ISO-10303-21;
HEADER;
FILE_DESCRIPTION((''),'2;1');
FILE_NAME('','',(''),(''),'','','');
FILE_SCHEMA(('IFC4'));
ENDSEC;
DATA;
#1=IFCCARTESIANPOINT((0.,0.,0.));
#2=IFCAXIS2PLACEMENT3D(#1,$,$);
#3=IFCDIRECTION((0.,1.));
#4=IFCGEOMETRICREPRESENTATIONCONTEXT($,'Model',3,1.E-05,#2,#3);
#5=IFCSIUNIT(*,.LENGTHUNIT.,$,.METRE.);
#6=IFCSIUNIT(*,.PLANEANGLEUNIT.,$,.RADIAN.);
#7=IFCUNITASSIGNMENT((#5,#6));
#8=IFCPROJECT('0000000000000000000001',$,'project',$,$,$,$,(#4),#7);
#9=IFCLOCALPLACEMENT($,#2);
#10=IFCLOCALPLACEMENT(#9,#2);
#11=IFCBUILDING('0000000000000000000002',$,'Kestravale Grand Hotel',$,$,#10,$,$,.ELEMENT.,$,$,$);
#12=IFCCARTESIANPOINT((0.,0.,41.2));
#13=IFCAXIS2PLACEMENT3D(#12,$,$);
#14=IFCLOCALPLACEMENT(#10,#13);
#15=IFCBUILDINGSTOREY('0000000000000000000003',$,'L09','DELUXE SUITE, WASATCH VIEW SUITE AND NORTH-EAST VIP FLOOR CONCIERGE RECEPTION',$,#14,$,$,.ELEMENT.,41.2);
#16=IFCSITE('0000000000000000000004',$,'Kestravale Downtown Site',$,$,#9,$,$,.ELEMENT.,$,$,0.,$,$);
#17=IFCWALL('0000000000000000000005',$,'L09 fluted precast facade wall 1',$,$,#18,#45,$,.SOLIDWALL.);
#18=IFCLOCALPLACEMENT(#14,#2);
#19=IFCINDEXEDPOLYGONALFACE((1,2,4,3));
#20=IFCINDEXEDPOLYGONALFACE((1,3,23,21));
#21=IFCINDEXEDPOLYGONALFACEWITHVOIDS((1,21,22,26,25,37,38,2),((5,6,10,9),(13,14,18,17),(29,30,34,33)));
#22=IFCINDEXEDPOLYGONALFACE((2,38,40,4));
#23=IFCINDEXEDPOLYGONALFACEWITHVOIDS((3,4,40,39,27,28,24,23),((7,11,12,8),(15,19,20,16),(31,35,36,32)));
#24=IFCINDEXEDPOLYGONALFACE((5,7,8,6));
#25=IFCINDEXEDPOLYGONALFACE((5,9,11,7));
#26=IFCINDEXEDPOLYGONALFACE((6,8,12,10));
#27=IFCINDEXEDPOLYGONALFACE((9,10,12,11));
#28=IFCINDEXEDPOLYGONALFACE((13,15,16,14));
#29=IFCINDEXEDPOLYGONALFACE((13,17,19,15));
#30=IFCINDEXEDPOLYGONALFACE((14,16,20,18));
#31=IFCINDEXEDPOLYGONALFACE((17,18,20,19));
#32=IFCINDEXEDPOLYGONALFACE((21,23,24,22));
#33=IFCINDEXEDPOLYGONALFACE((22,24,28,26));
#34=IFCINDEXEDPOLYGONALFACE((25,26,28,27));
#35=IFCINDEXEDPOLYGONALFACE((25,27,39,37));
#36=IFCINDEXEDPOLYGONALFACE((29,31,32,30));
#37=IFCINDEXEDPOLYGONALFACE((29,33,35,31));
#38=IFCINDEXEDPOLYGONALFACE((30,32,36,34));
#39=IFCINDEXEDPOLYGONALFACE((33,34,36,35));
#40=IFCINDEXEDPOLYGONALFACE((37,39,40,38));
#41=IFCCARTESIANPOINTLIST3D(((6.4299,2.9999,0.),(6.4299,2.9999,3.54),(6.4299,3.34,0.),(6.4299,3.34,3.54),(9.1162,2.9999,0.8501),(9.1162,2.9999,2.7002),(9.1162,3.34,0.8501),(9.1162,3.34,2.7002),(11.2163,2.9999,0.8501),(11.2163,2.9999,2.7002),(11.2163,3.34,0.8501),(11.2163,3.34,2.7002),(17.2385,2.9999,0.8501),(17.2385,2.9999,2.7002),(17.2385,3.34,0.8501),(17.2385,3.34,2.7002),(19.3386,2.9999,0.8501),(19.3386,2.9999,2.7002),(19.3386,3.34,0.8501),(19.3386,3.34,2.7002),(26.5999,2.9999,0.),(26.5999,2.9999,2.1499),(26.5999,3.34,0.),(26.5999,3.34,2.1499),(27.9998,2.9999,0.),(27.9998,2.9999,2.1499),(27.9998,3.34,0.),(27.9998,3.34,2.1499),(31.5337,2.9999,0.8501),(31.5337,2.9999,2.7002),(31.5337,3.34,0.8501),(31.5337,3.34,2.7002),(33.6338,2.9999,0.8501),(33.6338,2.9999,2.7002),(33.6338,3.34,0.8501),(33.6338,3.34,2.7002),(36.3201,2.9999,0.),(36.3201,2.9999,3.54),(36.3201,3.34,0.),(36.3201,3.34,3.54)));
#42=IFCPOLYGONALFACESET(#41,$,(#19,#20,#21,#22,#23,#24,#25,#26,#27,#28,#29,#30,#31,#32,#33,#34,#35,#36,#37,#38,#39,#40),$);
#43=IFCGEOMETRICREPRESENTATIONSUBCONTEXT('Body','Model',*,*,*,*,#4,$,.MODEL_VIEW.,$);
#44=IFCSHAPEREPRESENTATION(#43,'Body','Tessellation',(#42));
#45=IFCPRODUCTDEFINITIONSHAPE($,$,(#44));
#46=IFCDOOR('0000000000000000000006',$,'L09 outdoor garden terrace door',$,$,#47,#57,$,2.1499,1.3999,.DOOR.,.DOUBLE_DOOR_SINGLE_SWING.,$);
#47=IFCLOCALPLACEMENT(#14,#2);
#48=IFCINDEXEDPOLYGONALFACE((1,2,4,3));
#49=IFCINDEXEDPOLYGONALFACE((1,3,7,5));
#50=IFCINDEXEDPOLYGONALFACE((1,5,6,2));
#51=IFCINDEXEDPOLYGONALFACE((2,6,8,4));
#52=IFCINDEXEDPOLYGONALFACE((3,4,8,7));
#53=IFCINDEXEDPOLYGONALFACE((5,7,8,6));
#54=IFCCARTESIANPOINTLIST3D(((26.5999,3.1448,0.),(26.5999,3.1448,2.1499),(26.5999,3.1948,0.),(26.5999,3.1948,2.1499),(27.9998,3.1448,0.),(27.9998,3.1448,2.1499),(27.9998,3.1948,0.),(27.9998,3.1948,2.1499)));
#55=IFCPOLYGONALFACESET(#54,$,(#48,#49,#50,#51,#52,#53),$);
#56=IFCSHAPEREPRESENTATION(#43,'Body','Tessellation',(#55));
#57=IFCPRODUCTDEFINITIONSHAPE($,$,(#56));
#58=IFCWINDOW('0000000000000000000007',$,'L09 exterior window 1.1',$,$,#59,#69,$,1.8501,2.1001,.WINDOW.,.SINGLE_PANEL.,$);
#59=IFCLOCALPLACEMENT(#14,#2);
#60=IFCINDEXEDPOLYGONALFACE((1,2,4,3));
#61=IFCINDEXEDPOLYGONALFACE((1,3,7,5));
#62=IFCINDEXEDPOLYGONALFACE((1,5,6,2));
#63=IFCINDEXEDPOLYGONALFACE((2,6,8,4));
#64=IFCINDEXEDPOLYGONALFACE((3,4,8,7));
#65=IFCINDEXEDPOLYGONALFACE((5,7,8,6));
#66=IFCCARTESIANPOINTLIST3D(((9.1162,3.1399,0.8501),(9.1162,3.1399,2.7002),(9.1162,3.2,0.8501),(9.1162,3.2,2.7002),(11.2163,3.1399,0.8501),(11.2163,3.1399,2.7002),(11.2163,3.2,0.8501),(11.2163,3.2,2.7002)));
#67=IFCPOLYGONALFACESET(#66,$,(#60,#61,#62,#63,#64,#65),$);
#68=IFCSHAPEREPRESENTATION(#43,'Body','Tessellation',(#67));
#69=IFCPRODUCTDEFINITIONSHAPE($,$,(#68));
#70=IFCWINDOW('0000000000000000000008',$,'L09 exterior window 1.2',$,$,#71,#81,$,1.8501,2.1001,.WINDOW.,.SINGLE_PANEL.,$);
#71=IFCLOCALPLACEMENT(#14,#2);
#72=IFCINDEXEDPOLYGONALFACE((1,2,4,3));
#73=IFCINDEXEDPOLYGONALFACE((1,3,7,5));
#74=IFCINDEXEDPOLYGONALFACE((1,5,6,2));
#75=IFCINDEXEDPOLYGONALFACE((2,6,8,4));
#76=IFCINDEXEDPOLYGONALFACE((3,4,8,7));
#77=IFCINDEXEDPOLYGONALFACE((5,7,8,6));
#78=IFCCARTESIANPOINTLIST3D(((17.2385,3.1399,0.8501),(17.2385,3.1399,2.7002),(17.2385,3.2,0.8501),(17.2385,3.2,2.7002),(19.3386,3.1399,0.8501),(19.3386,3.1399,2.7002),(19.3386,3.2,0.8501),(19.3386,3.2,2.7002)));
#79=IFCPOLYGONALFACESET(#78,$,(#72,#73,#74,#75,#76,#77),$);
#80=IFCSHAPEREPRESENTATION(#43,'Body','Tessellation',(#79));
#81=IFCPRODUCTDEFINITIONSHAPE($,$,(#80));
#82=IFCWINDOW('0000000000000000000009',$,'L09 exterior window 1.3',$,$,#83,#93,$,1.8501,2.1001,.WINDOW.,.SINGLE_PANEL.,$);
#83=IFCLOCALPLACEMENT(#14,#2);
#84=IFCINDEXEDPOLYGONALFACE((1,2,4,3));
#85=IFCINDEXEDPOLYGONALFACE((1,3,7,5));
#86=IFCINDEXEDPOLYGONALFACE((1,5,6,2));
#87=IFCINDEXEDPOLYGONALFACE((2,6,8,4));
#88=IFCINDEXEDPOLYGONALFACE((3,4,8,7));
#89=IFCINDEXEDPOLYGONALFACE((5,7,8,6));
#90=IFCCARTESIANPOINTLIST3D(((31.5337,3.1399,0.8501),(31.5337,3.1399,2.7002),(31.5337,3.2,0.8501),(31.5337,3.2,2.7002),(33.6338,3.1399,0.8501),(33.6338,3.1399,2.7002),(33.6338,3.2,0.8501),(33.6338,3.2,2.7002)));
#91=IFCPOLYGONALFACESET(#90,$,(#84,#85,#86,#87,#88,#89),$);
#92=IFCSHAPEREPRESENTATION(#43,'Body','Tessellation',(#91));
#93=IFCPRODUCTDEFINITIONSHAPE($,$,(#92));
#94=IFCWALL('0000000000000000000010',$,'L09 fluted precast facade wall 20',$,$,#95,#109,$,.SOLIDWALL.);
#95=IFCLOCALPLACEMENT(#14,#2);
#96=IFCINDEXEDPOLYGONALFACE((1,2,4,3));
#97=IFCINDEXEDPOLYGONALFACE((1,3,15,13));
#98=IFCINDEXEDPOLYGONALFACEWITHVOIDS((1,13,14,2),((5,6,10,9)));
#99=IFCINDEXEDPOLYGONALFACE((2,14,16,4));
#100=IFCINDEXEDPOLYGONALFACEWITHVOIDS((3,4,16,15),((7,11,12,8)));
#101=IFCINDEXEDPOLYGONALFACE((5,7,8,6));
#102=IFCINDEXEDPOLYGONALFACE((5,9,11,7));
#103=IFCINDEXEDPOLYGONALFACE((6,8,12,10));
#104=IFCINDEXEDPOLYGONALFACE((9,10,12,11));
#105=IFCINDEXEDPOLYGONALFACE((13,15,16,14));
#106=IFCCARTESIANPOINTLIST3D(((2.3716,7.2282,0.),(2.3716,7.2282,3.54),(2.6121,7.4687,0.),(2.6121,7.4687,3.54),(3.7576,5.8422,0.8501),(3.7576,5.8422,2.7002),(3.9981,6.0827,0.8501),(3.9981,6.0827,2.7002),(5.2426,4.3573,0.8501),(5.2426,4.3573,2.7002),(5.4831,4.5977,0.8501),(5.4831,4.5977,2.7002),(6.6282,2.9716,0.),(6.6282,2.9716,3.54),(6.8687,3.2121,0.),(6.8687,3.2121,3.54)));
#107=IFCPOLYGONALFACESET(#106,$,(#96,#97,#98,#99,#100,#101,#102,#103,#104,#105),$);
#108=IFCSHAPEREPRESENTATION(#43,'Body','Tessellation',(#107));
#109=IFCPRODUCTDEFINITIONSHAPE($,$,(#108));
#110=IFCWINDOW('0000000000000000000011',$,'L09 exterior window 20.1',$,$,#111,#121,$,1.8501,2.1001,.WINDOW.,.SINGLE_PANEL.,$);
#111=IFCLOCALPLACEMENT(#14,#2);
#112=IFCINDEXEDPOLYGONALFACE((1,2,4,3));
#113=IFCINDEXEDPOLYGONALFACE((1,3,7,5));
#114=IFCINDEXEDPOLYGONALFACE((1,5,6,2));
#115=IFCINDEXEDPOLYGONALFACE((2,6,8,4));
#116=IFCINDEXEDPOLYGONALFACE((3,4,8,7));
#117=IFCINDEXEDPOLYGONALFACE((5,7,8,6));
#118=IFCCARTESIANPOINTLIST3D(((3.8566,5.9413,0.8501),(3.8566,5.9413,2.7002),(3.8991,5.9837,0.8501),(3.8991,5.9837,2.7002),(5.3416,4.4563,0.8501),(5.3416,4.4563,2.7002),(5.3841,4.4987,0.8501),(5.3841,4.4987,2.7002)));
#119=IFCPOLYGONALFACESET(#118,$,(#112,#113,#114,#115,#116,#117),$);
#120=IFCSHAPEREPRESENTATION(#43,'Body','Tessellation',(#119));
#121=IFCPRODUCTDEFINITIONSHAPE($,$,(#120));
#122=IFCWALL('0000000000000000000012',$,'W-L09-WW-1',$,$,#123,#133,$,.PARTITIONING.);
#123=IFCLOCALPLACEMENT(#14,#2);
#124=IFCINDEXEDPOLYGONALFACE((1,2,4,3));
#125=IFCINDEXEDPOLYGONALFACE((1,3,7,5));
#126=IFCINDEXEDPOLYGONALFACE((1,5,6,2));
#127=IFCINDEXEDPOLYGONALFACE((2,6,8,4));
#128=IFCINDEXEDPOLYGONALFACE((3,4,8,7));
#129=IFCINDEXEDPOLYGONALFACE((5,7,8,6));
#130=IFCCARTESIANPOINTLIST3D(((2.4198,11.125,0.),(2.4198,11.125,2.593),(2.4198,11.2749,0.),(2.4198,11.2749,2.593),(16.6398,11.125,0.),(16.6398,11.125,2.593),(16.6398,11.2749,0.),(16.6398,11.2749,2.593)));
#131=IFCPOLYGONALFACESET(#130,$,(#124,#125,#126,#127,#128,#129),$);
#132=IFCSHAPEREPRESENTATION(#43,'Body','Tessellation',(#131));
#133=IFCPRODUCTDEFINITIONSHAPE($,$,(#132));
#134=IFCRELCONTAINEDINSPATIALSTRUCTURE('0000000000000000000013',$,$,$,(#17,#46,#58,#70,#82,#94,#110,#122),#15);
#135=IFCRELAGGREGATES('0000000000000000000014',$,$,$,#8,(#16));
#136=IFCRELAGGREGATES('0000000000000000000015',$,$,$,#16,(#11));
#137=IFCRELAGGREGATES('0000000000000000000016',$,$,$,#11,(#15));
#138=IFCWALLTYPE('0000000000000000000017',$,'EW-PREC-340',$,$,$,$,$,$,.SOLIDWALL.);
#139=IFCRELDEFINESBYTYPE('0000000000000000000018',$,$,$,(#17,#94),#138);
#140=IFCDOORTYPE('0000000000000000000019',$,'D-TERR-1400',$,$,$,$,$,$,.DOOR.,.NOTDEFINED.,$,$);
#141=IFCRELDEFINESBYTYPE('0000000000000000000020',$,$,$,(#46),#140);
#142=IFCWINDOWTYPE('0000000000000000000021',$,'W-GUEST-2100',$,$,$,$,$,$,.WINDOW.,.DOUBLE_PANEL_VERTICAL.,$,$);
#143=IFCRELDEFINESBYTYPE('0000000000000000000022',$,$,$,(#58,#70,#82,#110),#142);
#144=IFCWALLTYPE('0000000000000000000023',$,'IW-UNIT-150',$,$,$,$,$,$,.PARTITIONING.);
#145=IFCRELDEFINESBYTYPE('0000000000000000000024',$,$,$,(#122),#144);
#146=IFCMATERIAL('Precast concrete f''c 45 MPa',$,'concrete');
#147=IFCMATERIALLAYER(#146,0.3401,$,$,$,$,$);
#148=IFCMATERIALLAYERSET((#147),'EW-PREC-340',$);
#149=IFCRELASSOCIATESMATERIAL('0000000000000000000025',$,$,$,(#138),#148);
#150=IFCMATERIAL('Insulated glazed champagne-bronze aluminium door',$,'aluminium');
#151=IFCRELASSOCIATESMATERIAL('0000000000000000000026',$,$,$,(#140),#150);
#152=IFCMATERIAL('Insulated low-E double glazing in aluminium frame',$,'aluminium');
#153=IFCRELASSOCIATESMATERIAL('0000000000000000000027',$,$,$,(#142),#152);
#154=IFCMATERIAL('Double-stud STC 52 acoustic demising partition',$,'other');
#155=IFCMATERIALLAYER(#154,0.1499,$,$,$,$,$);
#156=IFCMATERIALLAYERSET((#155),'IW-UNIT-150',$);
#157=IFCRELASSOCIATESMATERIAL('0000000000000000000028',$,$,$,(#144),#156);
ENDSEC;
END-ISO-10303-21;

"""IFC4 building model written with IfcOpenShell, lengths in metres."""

from ifc_helpers import new_model, si_unit, direction, frame, frame_2d, origin, place, context, subcontext, project, spatial, rectangle, extrude, material, layer, layer_set, type_object, element, fill, save


model = new_model("IFC4")

# Units and contexts
model_context = context("Model", 3, precision=1e-05, world=origin(), true_north=direction((0.0, 1.0)))
body_context = subcontext(model_context, "Body", "Model", "MODEL_VIEW")
ifc_project = project(units=[si_unit("LENGTHUNIT", "METRE"), si_unit("PLANEANGLEUNIT", "RADIAN")], contexts=[model_context])

# Site, building, storey
site_placement = place(None, origin())
site = spatial("IfcSite", under=ifc_project, at=site_placement, Name="Kestravale Downtown Site", CompositionType="ELEMENT", RefElevation=0.0)
building_placement = place(site_placement, origin())
building = spatial("IfcBuilding", under=site, at=building_placement, Name="Kestravale Grand Hotel", CompositionType="ELEMENT")
storey_placement = place(building_placement, frame((0.0, 0.0, 41.2)))
storey = spatial("IfcBuildingStorey", under=building, at=storey_placement, Name="L09", Description="DELUXE SUITE, WASATCH VIEW SUITE AND NORTH-EAST VIP FLOOR CONCIERGE RECEPTION", CompositionType="ELEMENT", Elevation=41.2)

# Wall, openings, door, windows
ifc_material_1 = material(Name="Precast concrete f'c 45 MPa", Category="concrete")
ifc_layer_1 = layer(ifc_material_1, 0.3401)
ifc_layer_set_1 = layer_set([ifc_layer_1], Name="EW-PREC-340")
wall_type_1 = type_object("IfcWallType", Name="EW-PREC-340", PredefinedType="SOLIDWALL", material=ifc_layer_set_1)
wall_1_placement = place(storey_placement, frame((6.4299, 3.1699, 0.0), z_axis=(0.0, 0.0, 1.0), x_axis=(1.0, 0.0, 0.0)))
wall_1 = element("IfcWall", 1, at=wall_1_placement, inside=storey, type_object=wall_type_1, Name="L09 fluted precast facade wall 1", PredefinedType="SOLIDWALL", context=body_context, shape_type="SweptSolid", body=[
    extrude(rectangle(XDim=29.8901, YDim=0.3401, at=frame_2d((14.9451, 0.0))), origin(), (0.0, 0.0, 1.0), 3.54),
])
opening_1_placement = place(wall_1_placement, frame((20.1699, 0.0, 0.0)))
opening_1 = element("IfcOpeningElement", 2, at=opening_1_placement, cuts=wall_1, PredefinedType="OPENING", context=body_context, shape_type="SweptSolid", body=[
    extrude(rectangle(XDim=1.3999, YDim=2.1499, at=frame_2d((0.7, 1.075))), frame((0.0, 0.1799, 0.0), z_axis=(0.0, -1.0, 0.0), x_axis=(1.0, 0.0, 0.0)), (0.0, 0.0, 1.0), 0.3601),
])
opening_2_placement = place(wall_1_placement, frame((2.6863, 0.0, 0.8501)))
opening_2 = element("IfcOpeningElement", 3, at=opening_2_placement, cuts=wall_1, PredefinedType="OPENING", context=body_context, shape_type="SweptSolid", body=[
    extrude(rectangle(XDim=2.1001, YDim=1.8501, at=frame_2d((1.05, 0.925))), frame((0.0, 0.1799, 0.0), z_axis=(0.0, -1.0, 0.0), x_axis=(1.0, 0.0, 0.0)), (0.0, 0.0, 1.0), 0.3601),
])
opening_3_placement = place(wall_1_placement, frame((10.8086, 0.0, 0.8501)))
opening_3 = element("IfcOpeningElement", 4, at=opening_3_placement, cuts=wall_1, PredefinedType="OPENING", context=body_context, shape_type="SweptSolid", body=[
    extrude(rectangle(XDim=2.1001, YDim=1.8501, at=frame_2d((1.05, 0.925))), frame((0.0, 0.1799, 0.0), z_axis=(0.0, -1.0, 0.0), x_axis=(1.0, 0.0, 0.0)), (0.0, 0.0, 1.0), 0.3601),
])
opening_4_placement = place(wall_1_placement, frame((25.1038, 0.0, 0.8501)))
opening_4 = element("IfcOpeningElement", 5, at=opening_4_placement, cuts=wall_1, PredefinedType="OPENING", context=body_context, shape_type="SweptSolid", body=[
    extrude(rectangle(XDim=2.1001, YDim=1.8501, at=frame_2d((1.05, 0.925))), frame((0.0, 0.1799, 0.0), z_axis=(0.0, -1.0, 0.0), x_axis=(1.0, 0.0, 0.0)), (0.0, 0.0, 1.0), 0.3601),
])
ifc_material_2 = material(Name="Insulated glazed champagne-bronze aluminium door", Category="aluminium")
door_type = type_object("IfcDoorType", Name="D-TERR-1400", OperationType="NOTDEFINED", PredefinedType="DOOR", material=ifc_material_2)
door_placement = place(opening_1_placement, origin())
door = element("IfcDoor", 6, at=door_placement, inside=storey, type_object=door_type, Name="L09 outdoor garden terrace door", OperationType="DOUBLE_DOOR_SINGLE_SWING", OverallHeight=2.1499, OverallWidth=1.3999, PredefinedType="DOOR", context=body_context, shape_type="SweptSolid", body=[
    extrude(rectangle(XDim=1.3999, YDim=2.1499, at=frame_2d((0.7, 1.075))), frame((0.0, 0.0249, 0.0), z_axis=(0.0, -1.0, 0.0), x_axis=(1.0, 0.0, 0.0)), (0.0, 0.0, 1.0), 0.05),
])
fill(opening_1, door)
ifc_material_3 = material(Name="Insulated low-E double glazing in aluminium frame", Category="aluminium")
window_type = type_object("IfcWindowType", Name="W-GUEST-2100", PartitioningType="DOUBLE_PANEL_VERTICAL", PredefinedType="WINDOW", material=ifc_material_3)
window_1_placement = place(opening_2_placement, origin())
window_1 = element("IfcWindow", 7, at=window_1_placement, inside=storey, type_object=window_type, Name="L09 exterior window 1.1", OverallHeight=1.8501, OverallWidth=2.1001, PartitioningType="SINGLE_PANEL", PredefinedType="WINDOW", context=body_context, shape_type="SweptSolid", body=[
    extrude(rectangle(XDim=2.1001, YDim=1.8501, at=frame_2d((1.05, 0.925))), frame((0.0, 0.03, 0.0), z_axis=(0.0, -1.0, 0.0), x_axis=(1.0, 0.0, 0.0)), (0.0, 0.0, 1.0), 0.0601),
])
fill(opening_2, window_1)
window_2_placement = place(opening_3_placement, origin())
window_2 = element("IfcWindow", 8, at=window_2_placement, inside=storey, type_object=window_type, Name="L09 exterior window 1.2", OverallHeight=1.8501, OverallWidth=2.1001, PartitioningType="SINGLE_PANEL", PredefinedType="WINDOW", context=body_context, shape_type="SweptSolid", body=[
    extrude(rectangle(XDim=2.1001, YDim=1.8501, at=frame_2d((1.05, 0.925))), frame((0.0, 0.03, 0.0), z_axis=(0.0, -1.0, 0.0), x_axis=(1.0, 0.0, 0.0)), (0.0, 0.0, 1.0), 0.0601),
])
fill(opening_3, window_2)
window_3_placement = place(opening_4_placement, origin())
window_3 = element("IfcWindow", 9, at=window_3_placement, inside=storey, type_object=window_type, Name="L09 exterior window 1.3", OverallHeight=1.8501, OverallWidth=2.1001, PartitioningType="SINGLE_PANEL", PredefinedType="WINDOW", context=body_context, shape_type="SweptSolid", body=[
    extrude(rectangle(XDim=2.1001, YDim=1.8501, at=frame_2d((1.05, 0.925))), frame((0.0, 0.03, 0.0), z_axis=(0.0, -1.0, 0.0), x_axis=(1.0, 0.0, 0.0)), (0.0, 0.0, 1.0), 0.0601),
])
fill(opening_4, window_3)

# Wall, opening, window
wall_2_placement = place(storey_placement, frame((2.4919, 7.3484, 0.0), z_axis=(0.0, 0.0, 1.0), x_axis=(0.707107, -0.707107, 0.0)))
wall_2 = element("IfcWall", 10, at=wall_2_placement, inside=storey, type_object=wall_type_1, Name="L09 fluted precast facade wall 20", PredefinedType="SOLIDWALL", context=body_context, shape_type="SweptSolid", body=[
    extrude(rectangle(XDim=6.0198, YDim=0.3401, at=frame_2d((3.0098, 0.0))), origin(), (0.0, 0.0, 1.0), 3.54),
])
opening_5_placement = place(wall_2_placement, frame((1.96, 0.0, 0.8501)))
opening_5 = element("IfcOpeningElement", 11, at=opening_5_placement, cuts=wall_2, PredefinedType="OPENING", context=body_context, shape_type="SweptSolid", body=[
    extrude(rectangle(XDim=2.1001, YDim=1.8501, at=frame_2d((1.05, 0.925))), frame((0.0, 0.1799, 0.0), z_axis=(0.0, -1.0, 0.0), x_axis=(1.0, 0.0, 0.0)), (0.0, 0.0, 1.0), 0.3601),
])
window_4_placement = place(opening_5_placement, origin())
window_4 = element("IfcWindow", 12, at=window_4_placement, inside=storey, type_object=window_type, Name="L09 exterior window 20.1", OverallHeight=1.8501, OverallWidth=2.1001, PartitioningType="SINGLE_PANEL", PredefinedType="WINDOW", context=body_context, shape_type="SweptSolid", body=[
    extrude(rectangle(XDim=2.1001, YDim=1.8501, at=frame_2d((1.05, 0.925))), frame((0.0, 0.03, 0.0), z_axis=(0.0, -1.0, 0.0), x_axis=(1.0, 0.0, 0.0)), (0.0, 0.0, 1.0), 0.0601),
])
fill(opening_5, window_4)

# Wall
ifc_material_4 = material(Name="Double-stud STC 52 acoustic demising partition", Category="other")
ifc_layer_2 = layer(ifc_material_4, 0.1499)
ifc_layer_set_2 = layer_set([ifc_layer_2], Name="IW-UNIT-150")
wall_type_2 = type_object("IfcWallType", Name="IW-UNIT-150", PredefinedType="PARTITIONING", material=ifc_layer_set_2)
wall_3_placement = place(storey_placement, frame((2.4199, 11.2, 0.0), z_axis=(0.0, 0.0, 1.0), x_axis=(1.0, 0.0, 0.0)))
element("IfcWall", 13, at=wall_3_placement, inside=storey, type_object=wall_type_2, Name="W-L09-WW-1", PredefinedType="PARTITIONING", context=body_context, shape_type="SweptSolid", body=[
    extrude(rectangle(XDim=14.22, YDim=0.1499, at=frame_2d((7.1099, 0.0))), origin(), (0.0, 0.0, 1.0), 2.593),
])

save(model, "model.ifc")
